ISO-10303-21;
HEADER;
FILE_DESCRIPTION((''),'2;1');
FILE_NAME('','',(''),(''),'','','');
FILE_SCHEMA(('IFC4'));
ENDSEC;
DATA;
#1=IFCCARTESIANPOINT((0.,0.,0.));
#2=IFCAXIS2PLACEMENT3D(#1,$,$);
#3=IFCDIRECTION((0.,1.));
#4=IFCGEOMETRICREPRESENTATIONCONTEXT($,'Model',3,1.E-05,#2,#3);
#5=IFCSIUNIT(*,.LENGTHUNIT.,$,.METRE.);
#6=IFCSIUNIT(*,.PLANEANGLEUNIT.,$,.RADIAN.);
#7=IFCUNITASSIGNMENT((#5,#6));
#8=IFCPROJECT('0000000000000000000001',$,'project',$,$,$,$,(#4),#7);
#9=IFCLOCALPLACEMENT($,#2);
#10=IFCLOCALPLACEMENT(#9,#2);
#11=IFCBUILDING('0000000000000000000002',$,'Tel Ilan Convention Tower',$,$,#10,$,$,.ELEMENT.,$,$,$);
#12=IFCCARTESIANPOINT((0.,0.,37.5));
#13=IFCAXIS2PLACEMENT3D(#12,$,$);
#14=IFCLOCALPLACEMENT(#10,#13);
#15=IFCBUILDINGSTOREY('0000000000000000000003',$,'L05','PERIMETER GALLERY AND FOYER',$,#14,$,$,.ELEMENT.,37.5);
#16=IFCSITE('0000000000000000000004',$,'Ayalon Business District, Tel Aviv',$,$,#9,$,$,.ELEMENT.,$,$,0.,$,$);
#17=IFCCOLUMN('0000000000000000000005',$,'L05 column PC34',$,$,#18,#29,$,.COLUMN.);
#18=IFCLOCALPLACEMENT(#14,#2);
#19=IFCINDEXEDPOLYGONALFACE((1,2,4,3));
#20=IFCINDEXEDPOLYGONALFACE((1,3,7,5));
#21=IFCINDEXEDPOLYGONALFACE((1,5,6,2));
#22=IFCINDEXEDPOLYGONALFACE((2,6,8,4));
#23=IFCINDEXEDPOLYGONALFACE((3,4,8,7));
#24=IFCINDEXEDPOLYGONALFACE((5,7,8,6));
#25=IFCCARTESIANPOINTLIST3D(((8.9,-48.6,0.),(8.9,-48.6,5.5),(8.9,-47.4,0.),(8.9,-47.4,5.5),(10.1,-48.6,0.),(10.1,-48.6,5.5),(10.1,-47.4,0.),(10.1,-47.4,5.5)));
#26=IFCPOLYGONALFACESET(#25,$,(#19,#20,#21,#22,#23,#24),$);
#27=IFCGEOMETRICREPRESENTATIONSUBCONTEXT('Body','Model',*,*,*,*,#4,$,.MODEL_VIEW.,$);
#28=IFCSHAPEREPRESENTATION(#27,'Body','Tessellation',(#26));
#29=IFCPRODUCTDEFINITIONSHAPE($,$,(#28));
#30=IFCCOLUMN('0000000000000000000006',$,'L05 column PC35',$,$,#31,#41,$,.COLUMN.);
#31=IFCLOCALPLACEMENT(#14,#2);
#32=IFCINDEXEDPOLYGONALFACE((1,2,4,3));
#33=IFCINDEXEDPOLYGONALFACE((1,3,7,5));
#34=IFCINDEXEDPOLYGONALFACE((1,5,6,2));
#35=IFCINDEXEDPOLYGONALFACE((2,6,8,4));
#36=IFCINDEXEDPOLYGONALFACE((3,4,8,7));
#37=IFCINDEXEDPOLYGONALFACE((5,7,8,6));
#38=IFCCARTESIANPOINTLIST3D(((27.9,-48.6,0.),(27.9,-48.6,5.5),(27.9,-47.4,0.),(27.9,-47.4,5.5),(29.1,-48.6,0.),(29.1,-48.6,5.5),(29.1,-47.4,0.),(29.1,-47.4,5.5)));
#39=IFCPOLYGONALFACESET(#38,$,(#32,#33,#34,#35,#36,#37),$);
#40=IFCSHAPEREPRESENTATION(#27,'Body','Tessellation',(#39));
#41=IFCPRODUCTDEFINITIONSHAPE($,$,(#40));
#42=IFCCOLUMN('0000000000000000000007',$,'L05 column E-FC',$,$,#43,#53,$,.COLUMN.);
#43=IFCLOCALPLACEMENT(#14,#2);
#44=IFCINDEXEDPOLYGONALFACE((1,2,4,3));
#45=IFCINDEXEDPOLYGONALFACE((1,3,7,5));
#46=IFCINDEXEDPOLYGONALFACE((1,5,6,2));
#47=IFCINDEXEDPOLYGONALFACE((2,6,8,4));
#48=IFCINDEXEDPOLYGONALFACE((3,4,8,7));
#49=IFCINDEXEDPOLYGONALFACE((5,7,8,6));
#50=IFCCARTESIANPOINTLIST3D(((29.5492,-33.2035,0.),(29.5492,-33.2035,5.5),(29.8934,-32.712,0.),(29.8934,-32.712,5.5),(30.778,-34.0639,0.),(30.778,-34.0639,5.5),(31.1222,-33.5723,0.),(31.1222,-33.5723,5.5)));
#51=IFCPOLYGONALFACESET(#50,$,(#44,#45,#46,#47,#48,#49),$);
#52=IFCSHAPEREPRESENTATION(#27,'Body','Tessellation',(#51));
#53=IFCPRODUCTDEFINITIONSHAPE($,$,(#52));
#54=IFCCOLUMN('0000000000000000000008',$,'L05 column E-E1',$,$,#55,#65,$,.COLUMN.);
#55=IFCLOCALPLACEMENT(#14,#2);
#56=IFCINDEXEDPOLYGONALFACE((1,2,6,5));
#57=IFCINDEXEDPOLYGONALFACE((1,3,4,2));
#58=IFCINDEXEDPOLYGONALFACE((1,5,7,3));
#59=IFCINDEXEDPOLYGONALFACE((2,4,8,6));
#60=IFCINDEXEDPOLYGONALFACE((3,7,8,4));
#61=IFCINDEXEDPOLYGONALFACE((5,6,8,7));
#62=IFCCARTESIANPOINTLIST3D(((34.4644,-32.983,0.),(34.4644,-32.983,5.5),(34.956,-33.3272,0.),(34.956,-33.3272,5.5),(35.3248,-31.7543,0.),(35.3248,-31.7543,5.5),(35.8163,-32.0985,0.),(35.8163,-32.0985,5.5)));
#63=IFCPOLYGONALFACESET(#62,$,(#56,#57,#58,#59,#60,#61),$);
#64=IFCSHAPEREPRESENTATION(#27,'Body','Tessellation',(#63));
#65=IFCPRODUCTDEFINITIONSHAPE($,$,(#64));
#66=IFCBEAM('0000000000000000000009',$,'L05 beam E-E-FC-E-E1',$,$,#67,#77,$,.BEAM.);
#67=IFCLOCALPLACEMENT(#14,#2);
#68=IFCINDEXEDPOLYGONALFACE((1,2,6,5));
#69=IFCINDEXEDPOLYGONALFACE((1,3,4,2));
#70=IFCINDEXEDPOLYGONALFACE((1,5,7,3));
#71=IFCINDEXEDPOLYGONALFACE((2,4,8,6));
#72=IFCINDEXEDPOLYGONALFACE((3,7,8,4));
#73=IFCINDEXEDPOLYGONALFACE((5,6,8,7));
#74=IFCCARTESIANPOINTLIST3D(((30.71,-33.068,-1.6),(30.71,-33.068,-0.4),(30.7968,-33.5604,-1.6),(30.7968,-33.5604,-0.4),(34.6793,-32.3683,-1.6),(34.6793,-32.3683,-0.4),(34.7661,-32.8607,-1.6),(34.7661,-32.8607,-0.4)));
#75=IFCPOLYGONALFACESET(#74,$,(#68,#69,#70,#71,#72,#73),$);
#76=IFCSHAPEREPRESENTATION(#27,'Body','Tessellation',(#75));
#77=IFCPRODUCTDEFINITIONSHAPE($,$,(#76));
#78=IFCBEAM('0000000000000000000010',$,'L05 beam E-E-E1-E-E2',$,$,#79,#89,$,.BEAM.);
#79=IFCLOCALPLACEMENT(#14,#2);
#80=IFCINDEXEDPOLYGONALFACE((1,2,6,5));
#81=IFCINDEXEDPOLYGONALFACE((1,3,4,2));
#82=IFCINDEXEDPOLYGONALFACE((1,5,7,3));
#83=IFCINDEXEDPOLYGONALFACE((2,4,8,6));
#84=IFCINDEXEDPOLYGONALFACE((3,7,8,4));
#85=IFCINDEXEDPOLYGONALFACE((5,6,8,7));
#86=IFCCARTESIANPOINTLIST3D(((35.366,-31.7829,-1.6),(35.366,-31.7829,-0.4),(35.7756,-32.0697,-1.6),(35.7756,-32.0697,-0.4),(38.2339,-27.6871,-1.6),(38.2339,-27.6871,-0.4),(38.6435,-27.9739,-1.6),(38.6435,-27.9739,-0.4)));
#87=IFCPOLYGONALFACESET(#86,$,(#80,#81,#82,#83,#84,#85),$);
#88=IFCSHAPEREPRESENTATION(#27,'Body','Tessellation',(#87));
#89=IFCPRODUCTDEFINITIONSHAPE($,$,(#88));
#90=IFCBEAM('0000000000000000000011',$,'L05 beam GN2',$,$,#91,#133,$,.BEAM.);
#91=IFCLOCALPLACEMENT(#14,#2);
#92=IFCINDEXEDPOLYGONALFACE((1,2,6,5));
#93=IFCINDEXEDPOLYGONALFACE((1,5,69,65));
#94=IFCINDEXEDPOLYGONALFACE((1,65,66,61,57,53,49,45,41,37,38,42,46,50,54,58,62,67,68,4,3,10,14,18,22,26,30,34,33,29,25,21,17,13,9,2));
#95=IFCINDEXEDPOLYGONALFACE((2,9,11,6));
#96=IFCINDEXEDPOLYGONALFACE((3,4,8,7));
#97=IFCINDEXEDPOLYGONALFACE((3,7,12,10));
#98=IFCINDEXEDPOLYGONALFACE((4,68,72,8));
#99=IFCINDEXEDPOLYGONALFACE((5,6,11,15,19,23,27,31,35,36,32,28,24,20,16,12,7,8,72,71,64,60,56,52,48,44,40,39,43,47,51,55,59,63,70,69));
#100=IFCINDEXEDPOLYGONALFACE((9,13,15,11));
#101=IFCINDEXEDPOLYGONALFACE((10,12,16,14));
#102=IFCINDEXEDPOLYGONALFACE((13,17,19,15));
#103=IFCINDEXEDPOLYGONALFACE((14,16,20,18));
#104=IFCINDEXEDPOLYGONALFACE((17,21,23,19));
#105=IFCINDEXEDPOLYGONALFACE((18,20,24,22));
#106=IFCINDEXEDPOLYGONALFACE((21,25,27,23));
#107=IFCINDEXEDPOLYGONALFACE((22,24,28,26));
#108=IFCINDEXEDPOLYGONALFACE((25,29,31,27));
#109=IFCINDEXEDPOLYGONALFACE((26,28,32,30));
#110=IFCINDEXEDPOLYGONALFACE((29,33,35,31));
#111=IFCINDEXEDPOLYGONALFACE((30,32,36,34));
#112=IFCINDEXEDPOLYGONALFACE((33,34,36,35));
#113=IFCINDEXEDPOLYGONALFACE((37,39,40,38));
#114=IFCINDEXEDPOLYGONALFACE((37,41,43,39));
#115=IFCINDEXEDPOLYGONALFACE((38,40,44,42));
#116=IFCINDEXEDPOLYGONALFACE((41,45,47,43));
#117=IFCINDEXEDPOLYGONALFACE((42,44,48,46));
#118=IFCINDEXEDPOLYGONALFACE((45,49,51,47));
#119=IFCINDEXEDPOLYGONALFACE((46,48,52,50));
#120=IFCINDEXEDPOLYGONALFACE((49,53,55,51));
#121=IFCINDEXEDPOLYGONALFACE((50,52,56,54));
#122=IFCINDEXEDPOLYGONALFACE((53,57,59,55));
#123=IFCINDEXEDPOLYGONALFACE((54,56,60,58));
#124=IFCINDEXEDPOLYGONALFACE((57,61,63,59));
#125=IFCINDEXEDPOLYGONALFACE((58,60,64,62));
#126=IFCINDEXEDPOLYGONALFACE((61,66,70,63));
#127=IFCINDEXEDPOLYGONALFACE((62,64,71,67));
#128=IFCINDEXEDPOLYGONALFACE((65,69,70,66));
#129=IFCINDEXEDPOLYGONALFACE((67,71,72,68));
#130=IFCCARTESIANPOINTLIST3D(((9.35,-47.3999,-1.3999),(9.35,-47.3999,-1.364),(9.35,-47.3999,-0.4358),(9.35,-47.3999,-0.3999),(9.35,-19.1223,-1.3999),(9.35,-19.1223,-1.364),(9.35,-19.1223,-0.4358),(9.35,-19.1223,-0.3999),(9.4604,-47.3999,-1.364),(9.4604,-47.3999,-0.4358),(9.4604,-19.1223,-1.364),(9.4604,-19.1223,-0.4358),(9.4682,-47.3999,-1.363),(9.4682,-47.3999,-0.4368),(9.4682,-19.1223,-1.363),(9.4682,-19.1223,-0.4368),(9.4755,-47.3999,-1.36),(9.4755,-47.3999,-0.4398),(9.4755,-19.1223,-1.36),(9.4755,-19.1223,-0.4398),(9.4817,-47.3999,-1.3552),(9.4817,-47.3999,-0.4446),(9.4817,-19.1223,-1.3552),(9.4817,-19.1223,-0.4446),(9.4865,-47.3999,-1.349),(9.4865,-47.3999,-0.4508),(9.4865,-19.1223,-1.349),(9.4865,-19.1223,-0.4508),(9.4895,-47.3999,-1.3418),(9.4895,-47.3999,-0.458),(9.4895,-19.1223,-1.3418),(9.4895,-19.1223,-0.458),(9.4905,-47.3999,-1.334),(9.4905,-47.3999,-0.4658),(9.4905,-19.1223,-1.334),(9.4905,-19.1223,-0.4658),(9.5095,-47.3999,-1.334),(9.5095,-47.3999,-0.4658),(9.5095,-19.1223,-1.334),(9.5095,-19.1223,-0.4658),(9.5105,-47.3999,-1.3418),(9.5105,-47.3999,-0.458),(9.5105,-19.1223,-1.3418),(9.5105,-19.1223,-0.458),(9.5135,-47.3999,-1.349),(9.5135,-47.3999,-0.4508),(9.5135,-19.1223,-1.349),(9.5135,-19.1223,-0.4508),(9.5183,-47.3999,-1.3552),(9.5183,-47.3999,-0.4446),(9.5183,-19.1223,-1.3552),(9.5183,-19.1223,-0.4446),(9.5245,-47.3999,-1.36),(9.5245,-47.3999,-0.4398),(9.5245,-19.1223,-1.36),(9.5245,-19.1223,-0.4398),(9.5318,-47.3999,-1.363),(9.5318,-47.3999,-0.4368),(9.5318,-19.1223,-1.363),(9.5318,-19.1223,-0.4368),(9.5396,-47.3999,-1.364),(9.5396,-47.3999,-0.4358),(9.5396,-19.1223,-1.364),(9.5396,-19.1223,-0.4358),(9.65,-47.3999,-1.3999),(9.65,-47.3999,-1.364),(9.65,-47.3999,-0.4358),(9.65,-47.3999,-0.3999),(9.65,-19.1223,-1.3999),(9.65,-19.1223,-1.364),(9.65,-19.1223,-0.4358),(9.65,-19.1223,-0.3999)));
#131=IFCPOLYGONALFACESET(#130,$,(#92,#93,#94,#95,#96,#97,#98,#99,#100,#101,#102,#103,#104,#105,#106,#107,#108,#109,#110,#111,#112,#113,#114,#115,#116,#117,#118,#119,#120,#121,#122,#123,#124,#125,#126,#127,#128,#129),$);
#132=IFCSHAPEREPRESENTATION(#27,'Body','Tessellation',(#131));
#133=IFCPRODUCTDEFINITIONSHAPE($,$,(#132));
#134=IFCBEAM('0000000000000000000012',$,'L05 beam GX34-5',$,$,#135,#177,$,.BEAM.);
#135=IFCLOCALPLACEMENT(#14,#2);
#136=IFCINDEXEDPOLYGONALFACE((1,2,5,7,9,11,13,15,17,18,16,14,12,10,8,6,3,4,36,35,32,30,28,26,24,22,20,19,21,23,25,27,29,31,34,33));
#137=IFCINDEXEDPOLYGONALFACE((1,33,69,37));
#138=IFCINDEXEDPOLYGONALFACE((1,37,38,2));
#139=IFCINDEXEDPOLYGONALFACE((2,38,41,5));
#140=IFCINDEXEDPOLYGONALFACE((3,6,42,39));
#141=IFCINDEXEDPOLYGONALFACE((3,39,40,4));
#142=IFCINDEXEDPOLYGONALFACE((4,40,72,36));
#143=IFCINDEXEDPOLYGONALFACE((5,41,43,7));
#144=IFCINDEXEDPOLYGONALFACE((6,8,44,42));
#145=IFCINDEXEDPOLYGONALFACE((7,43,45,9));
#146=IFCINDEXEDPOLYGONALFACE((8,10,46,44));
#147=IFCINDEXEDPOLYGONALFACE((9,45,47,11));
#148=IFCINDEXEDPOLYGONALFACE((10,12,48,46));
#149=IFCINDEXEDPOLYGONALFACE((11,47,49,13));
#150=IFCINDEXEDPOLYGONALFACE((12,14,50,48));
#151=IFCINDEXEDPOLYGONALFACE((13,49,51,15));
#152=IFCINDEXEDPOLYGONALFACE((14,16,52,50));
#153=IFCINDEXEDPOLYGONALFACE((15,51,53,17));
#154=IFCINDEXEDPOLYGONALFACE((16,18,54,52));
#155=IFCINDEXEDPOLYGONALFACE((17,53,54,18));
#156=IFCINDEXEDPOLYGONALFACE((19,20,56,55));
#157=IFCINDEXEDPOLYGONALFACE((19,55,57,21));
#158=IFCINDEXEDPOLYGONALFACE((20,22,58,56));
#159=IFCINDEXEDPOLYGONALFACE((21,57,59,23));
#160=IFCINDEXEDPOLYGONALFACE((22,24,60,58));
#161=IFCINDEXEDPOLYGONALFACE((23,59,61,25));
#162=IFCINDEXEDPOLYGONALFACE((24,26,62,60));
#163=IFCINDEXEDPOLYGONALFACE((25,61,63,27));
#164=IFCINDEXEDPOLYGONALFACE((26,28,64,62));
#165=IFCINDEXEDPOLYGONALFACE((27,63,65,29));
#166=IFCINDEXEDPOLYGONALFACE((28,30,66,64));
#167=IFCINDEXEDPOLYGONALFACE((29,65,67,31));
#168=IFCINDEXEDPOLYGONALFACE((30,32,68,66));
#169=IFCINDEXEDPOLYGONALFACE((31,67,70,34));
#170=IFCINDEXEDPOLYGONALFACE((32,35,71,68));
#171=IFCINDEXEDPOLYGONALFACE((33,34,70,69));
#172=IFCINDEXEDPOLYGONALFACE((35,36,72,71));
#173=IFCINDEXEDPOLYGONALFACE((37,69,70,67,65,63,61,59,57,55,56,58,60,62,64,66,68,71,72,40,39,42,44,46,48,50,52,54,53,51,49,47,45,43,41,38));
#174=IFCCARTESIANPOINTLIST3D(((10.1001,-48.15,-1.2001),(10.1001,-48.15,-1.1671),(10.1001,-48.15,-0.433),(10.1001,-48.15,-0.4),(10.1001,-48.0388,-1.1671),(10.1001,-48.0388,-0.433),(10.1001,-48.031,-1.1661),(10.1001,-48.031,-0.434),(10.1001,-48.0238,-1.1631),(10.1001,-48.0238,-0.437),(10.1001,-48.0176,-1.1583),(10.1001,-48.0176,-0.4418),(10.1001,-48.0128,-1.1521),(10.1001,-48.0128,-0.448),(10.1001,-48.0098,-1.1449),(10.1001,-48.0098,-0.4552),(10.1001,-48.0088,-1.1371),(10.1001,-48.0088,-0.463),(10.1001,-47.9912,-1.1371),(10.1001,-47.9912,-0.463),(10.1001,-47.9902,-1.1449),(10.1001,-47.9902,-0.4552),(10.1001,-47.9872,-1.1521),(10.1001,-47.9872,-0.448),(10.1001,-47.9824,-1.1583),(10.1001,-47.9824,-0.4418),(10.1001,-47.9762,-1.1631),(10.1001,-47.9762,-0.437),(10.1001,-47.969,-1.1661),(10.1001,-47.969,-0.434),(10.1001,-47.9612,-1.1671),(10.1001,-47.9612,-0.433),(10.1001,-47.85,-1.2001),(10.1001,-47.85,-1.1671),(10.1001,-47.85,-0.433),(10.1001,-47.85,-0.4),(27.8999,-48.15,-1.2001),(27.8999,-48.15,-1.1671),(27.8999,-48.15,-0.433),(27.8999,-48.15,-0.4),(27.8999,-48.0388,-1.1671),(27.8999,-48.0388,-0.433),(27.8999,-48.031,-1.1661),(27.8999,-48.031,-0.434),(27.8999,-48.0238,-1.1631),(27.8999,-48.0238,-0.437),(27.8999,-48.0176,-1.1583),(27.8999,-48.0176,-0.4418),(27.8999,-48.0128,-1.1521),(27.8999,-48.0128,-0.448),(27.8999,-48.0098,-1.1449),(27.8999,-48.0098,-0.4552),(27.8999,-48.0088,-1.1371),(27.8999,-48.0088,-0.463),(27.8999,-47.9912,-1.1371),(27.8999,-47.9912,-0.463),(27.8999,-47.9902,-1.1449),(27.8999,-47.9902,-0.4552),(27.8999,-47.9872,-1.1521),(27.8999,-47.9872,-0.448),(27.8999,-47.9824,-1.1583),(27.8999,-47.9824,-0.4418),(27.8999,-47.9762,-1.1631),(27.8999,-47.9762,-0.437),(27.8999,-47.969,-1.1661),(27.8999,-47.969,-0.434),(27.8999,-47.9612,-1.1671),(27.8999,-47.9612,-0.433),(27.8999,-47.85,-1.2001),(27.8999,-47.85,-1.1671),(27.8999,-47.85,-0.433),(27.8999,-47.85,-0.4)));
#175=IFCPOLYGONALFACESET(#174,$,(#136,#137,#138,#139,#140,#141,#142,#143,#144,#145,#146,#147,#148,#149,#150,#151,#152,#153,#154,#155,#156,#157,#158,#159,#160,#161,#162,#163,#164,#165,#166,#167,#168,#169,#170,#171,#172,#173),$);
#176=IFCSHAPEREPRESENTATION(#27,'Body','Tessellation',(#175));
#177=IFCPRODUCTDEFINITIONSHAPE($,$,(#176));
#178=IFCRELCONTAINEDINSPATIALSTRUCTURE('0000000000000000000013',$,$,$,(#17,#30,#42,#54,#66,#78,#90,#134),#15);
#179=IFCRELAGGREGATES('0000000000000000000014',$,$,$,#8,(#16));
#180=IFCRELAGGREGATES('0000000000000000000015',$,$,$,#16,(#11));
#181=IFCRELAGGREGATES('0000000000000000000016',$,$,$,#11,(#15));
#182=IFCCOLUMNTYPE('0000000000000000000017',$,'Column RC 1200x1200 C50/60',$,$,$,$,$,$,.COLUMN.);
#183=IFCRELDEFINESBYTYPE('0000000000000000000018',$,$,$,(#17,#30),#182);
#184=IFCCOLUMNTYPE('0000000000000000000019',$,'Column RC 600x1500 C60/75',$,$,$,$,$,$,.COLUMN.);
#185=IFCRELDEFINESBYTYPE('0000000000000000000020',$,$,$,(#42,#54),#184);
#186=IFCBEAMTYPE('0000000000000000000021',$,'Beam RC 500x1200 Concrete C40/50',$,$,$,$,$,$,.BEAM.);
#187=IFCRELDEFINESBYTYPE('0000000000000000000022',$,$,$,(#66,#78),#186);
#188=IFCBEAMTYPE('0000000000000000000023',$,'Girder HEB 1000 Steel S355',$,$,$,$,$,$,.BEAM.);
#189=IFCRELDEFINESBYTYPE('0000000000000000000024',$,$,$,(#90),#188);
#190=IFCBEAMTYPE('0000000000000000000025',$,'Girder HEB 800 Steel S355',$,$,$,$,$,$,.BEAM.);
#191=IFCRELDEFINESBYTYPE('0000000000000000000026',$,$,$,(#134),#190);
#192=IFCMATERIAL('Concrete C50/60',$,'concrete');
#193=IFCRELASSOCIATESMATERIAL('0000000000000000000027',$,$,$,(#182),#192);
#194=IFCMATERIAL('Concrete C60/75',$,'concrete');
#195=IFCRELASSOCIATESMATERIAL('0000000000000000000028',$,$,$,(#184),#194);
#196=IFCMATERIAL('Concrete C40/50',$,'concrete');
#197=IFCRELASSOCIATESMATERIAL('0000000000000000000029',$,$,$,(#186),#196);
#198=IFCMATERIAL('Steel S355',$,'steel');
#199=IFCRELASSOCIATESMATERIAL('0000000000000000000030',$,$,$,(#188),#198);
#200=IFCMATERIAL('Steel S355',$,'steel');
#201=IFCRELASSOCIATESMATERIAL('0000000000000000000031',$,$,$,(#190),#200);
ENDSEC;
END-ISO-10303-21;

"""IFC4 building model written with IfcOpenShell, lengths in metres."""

from ifc_helpers import new_model, si_unit, direction, frame, origin, origin_2d, place, context, subcontext, project, spatial, rectangle, i_section, extrude, material, material_profile, profile_set, type_object, element, save


model = new_model("IFC4")

# Units and contexts
model_context = context("Model", 3, precision=1e-05, world=origin(), true_north=direction((0.0, 1.0)))
body_context = subcontext(model_context, "Body", "Model", "MODEL_VIEW")
ifc_project = project(units=[si_unit("LENGTHUNIT", "METRE"), si_unit("PLANEANGLEUNIT", "RADIAN")], contexts=[model_context])

# Site, building, storey
site_placement = place(None, origin())
site = spatial("IfcSite", under=ifc_project, at=site_placement, Name="Ayalon Business District, Tel Aviv", CompositionType="ELEMENT", RefElevation=0.0)
building_placement = place(site_placement, origin())
building = spatial("IfcBuilding", under=site, at=building_placement, Name="Tel Ilan Convention Tower", CompositionType="ELEMENT")
storey_placement = place(building_placement, frame((0.0, 0.0, 37.5)))
storey = spatial("IfcBuildingStorey", under=building, at=storey_placement, Name="L05", Description="PERIMETER GALLERY AND FOYER", CompositionType="ELEMENT", Elevation=37.5)

# Columns
ifc_material_1 = material(Name="Concrete C50/60", Category="concrete")
ifc_material_profile_1 = material_profile(ifc_material_1, rectangle(XDim=1.2, YDim=1.2, at=origin_2d()), Name="RC 1200x1200")
ifc_profile_set_1 = profile_set([ifc_material_profile_1], Name="Concrete C50/60")
column_type_1 = type_object("IfcColumnType", Name="Column RC 1200x1200 C50/60", PredefinedType="COLUMN", material=ifc_profile_set_1)
for number, where, z_axis, x_axis, name in (
    (1, (9.5, -48.0, 0.0), (0.0, 0.0, 1.0), (1.0, 0.0, 0.0), "L05 column PC34"),
    (2, (28.5, -48.0, 0.0), (0.0, 0.0, 1.0), (1.0, 0.0, 0.0), "L05 column PC35"),
):
    element("IfcColumn", number, at=place(storey_placement, frame(where, z_axis=z_axis, x_axis=x_axis)), inside=storey, type_object=column_type_1, Name=name, PredefinedType="COLUMN", context=body_context, shape_type="SweptSolid", body=[
        extrude(rectangle(XDim=1.2, YDim=1.2, at=origin_2d()), origin(), (0.0, 0.0, 1.0), 5.5),
    ])
ifc_material_2 = material(Name="Concrete C60/75", Category="concrete")
ifc_material_profile_2 = material_profile(ifc_material_2, rectangle(XDim=1.5, YDim=0.6001, at=origin_2d()), Name="RC 600x1500")
ifc_profile_set_2 = profile_set([ifc_material_profile_2], Name="Concrete C60/75")
column_type_2 = type_object("IfcColumnType", Name="Column RC 600x1500 C60/75", PredefinedType="COLUMN", material=ifc_profile_set_2)
for number, where, z_axis, x_axis, name in (
    (3, (30.3357, -33.3879, 0.0), (0.0, 0.0, 1.0), (0.819152, -0.573576, 0.0), "L05 column E-FC"),
    (4, (35.1404, -32.5408, 0.0), (0.0, 0.0, 1.0), (0.573576, 0.819152, 0.0), "L05 column E-E1"),
):
    element("IfcColumn", number, at=place(storey_placement, frame(where, z_axis=z_axis, x_axis=x_axis)), inside=storey, type_object=column_type_2, Name=name, PredefinedType="COLUMN", context=body_context, shape_type="SweptSolid", body=[
        extrude(rectangle(XDim=1.5, YDim=0.6001, at=origin_2d()), origin(), (0.0, 0.0, 1.0), 5.5),
    ])

# Beams
ifc_material_3 = material(Name="Concrete C40/50", Category="concrete")
ifc_material_profile_3 = material_profile(ifc_material_3, rectangle(XDim=0.5, YDim=1.2, at=origin_2d()), Name="RC 500x1200")
ifc_profile_set_3 = profile_set([ifc_material_profile_3], Name="Concrete C40/50")
beam_type_1 = type_object("IfcBeamType", Name="Beam RC 500x1200 Concrete C40/50", PredefinedType="BEAM", material=ifc_profile_set_3)
beam_1_placement = place(storey_placement, frame((30.7534, -33.3142, -1.0), z_axis=(0.984815, 0.173606, 0.0), x_axis=(-0.173606, 0.984815, 0.0)))
element("IfcBeam", 5, at=beam_1_placement, inside=storey, type_object=beam_type_1, Name="L05 beam E-E-FC-E-E1", PredefinedType="BEAM", context=body_context, shape_type="SweptSolid", body=[
    extrude(rectangle(XDim=0.5, YDim=1.2, at=origin_2d()), origin(), (0.0, 0.0, 1.0), 4.0305),
])
beam_2_placement = place(storey_placement, frame((35.5708, -31.9263, -1.0), z_axis=(0.573587, 0.819145, 0.0), x_axis=(-0.819145, 0.573587, 0.0)))
element("IfcBeam", 6, at=beam_2_placement, inside=storey, type_object=beam_type_1, Name="L05 beam E-E-E1-E-E2", PredefinedType="BEAM", context=body_context, shape_type="SweptSolid", body=[
    extrude(rectangle(XDim=0.5, YDim=1.2, at=origin_2d()), origin(), (0.0, 0.0, 1.0), 5.0),
])
ifc_material_4 = material(Name="Steel S355", Category="steel")
ifc_material_profile_4 = material_profile(ifc_material_4, i_section(OverallWidth=0.3, OverallDepth=1.0, WebThickness=0.019, FlangeThickness=0.0359, FilletRadius=0.03, at=origin_2d()), Name="HEB 1000")
ifc_profile_set_4 = profile_set([ifc_material_profile_4], Name="Steel S355")
beam_type_2 = type_object("IfcBeamType", Name="Girder HEB 1000 Steel S355", PredefinedType="BEAM", material=ifc_profile_set_4)
beam_3_placement = place(storey_placement, frame((9.5, -47.3999, -0.8999), z_axis=(0.0, 1.0, 0.0), x_axis=(-1.0, 0.0, 0.0)))
element("IfcBeam", 7, at=beam_3_placement, inside=storey, type_object=beam_type_2, Name="L05 beam GN2", PredefinedType="BEAM", context=body_context, shape_type="SweptSolid", body=[
    extrude(i_section(OverallWidth=0.3, OverallDepth=1.0, WebThickness=0.019, FlangeThickness=0.0359, FilletRadius=0.03, at=origin_2d()), origin(), (0.0, 0.0, 1.0), 28.2776),
])
ifc_material_5 = material(Name="Steel S355", Category="steel")
ifc_material_profile_5 = material_profile(ifc_material_5, i_section(OverallWidth=0.3, OverallDepth=0.8, WebThickness=0.0176, FlangeThickness=0.033, FilletRadius=0.03, at=origin_2d()), Name="HEB 800")
ifc_profile_set_5 = profile_set([ifc_material_profile_5], Name="Steel S355")
beam_type_3 = type_object("IfcBeamType", Name="Girder HEB 800 Steel S355", PredefinedType="BEAM", material=ifc_profile_set_5)
beam_4_placement = place(storey_placement, frame((10.1001, -48.0, -0.8), z_axis=(1.0, 0.0, 0.0), x_axis=(0.0, 1.0, 0.0)))
element("IfcBeam", 8, at=beam_4_placement, inside=storey, type_object=beam_type_3, Name="L05 beam GX34-5", PredefinedType="BEAM", context=body_context, shape_type="SweptSolid", body=[
    extrude(i_section(OverallWidth=0.3, OverallDepth=0.8, WebThickness=0.0176, FlangeThickness=0.033, FilletRadius=0.03, at=origin_2d()), origin(), (0.0, 0.0, 1.0), 17.7998),
])

save(model, "model.ifc")
